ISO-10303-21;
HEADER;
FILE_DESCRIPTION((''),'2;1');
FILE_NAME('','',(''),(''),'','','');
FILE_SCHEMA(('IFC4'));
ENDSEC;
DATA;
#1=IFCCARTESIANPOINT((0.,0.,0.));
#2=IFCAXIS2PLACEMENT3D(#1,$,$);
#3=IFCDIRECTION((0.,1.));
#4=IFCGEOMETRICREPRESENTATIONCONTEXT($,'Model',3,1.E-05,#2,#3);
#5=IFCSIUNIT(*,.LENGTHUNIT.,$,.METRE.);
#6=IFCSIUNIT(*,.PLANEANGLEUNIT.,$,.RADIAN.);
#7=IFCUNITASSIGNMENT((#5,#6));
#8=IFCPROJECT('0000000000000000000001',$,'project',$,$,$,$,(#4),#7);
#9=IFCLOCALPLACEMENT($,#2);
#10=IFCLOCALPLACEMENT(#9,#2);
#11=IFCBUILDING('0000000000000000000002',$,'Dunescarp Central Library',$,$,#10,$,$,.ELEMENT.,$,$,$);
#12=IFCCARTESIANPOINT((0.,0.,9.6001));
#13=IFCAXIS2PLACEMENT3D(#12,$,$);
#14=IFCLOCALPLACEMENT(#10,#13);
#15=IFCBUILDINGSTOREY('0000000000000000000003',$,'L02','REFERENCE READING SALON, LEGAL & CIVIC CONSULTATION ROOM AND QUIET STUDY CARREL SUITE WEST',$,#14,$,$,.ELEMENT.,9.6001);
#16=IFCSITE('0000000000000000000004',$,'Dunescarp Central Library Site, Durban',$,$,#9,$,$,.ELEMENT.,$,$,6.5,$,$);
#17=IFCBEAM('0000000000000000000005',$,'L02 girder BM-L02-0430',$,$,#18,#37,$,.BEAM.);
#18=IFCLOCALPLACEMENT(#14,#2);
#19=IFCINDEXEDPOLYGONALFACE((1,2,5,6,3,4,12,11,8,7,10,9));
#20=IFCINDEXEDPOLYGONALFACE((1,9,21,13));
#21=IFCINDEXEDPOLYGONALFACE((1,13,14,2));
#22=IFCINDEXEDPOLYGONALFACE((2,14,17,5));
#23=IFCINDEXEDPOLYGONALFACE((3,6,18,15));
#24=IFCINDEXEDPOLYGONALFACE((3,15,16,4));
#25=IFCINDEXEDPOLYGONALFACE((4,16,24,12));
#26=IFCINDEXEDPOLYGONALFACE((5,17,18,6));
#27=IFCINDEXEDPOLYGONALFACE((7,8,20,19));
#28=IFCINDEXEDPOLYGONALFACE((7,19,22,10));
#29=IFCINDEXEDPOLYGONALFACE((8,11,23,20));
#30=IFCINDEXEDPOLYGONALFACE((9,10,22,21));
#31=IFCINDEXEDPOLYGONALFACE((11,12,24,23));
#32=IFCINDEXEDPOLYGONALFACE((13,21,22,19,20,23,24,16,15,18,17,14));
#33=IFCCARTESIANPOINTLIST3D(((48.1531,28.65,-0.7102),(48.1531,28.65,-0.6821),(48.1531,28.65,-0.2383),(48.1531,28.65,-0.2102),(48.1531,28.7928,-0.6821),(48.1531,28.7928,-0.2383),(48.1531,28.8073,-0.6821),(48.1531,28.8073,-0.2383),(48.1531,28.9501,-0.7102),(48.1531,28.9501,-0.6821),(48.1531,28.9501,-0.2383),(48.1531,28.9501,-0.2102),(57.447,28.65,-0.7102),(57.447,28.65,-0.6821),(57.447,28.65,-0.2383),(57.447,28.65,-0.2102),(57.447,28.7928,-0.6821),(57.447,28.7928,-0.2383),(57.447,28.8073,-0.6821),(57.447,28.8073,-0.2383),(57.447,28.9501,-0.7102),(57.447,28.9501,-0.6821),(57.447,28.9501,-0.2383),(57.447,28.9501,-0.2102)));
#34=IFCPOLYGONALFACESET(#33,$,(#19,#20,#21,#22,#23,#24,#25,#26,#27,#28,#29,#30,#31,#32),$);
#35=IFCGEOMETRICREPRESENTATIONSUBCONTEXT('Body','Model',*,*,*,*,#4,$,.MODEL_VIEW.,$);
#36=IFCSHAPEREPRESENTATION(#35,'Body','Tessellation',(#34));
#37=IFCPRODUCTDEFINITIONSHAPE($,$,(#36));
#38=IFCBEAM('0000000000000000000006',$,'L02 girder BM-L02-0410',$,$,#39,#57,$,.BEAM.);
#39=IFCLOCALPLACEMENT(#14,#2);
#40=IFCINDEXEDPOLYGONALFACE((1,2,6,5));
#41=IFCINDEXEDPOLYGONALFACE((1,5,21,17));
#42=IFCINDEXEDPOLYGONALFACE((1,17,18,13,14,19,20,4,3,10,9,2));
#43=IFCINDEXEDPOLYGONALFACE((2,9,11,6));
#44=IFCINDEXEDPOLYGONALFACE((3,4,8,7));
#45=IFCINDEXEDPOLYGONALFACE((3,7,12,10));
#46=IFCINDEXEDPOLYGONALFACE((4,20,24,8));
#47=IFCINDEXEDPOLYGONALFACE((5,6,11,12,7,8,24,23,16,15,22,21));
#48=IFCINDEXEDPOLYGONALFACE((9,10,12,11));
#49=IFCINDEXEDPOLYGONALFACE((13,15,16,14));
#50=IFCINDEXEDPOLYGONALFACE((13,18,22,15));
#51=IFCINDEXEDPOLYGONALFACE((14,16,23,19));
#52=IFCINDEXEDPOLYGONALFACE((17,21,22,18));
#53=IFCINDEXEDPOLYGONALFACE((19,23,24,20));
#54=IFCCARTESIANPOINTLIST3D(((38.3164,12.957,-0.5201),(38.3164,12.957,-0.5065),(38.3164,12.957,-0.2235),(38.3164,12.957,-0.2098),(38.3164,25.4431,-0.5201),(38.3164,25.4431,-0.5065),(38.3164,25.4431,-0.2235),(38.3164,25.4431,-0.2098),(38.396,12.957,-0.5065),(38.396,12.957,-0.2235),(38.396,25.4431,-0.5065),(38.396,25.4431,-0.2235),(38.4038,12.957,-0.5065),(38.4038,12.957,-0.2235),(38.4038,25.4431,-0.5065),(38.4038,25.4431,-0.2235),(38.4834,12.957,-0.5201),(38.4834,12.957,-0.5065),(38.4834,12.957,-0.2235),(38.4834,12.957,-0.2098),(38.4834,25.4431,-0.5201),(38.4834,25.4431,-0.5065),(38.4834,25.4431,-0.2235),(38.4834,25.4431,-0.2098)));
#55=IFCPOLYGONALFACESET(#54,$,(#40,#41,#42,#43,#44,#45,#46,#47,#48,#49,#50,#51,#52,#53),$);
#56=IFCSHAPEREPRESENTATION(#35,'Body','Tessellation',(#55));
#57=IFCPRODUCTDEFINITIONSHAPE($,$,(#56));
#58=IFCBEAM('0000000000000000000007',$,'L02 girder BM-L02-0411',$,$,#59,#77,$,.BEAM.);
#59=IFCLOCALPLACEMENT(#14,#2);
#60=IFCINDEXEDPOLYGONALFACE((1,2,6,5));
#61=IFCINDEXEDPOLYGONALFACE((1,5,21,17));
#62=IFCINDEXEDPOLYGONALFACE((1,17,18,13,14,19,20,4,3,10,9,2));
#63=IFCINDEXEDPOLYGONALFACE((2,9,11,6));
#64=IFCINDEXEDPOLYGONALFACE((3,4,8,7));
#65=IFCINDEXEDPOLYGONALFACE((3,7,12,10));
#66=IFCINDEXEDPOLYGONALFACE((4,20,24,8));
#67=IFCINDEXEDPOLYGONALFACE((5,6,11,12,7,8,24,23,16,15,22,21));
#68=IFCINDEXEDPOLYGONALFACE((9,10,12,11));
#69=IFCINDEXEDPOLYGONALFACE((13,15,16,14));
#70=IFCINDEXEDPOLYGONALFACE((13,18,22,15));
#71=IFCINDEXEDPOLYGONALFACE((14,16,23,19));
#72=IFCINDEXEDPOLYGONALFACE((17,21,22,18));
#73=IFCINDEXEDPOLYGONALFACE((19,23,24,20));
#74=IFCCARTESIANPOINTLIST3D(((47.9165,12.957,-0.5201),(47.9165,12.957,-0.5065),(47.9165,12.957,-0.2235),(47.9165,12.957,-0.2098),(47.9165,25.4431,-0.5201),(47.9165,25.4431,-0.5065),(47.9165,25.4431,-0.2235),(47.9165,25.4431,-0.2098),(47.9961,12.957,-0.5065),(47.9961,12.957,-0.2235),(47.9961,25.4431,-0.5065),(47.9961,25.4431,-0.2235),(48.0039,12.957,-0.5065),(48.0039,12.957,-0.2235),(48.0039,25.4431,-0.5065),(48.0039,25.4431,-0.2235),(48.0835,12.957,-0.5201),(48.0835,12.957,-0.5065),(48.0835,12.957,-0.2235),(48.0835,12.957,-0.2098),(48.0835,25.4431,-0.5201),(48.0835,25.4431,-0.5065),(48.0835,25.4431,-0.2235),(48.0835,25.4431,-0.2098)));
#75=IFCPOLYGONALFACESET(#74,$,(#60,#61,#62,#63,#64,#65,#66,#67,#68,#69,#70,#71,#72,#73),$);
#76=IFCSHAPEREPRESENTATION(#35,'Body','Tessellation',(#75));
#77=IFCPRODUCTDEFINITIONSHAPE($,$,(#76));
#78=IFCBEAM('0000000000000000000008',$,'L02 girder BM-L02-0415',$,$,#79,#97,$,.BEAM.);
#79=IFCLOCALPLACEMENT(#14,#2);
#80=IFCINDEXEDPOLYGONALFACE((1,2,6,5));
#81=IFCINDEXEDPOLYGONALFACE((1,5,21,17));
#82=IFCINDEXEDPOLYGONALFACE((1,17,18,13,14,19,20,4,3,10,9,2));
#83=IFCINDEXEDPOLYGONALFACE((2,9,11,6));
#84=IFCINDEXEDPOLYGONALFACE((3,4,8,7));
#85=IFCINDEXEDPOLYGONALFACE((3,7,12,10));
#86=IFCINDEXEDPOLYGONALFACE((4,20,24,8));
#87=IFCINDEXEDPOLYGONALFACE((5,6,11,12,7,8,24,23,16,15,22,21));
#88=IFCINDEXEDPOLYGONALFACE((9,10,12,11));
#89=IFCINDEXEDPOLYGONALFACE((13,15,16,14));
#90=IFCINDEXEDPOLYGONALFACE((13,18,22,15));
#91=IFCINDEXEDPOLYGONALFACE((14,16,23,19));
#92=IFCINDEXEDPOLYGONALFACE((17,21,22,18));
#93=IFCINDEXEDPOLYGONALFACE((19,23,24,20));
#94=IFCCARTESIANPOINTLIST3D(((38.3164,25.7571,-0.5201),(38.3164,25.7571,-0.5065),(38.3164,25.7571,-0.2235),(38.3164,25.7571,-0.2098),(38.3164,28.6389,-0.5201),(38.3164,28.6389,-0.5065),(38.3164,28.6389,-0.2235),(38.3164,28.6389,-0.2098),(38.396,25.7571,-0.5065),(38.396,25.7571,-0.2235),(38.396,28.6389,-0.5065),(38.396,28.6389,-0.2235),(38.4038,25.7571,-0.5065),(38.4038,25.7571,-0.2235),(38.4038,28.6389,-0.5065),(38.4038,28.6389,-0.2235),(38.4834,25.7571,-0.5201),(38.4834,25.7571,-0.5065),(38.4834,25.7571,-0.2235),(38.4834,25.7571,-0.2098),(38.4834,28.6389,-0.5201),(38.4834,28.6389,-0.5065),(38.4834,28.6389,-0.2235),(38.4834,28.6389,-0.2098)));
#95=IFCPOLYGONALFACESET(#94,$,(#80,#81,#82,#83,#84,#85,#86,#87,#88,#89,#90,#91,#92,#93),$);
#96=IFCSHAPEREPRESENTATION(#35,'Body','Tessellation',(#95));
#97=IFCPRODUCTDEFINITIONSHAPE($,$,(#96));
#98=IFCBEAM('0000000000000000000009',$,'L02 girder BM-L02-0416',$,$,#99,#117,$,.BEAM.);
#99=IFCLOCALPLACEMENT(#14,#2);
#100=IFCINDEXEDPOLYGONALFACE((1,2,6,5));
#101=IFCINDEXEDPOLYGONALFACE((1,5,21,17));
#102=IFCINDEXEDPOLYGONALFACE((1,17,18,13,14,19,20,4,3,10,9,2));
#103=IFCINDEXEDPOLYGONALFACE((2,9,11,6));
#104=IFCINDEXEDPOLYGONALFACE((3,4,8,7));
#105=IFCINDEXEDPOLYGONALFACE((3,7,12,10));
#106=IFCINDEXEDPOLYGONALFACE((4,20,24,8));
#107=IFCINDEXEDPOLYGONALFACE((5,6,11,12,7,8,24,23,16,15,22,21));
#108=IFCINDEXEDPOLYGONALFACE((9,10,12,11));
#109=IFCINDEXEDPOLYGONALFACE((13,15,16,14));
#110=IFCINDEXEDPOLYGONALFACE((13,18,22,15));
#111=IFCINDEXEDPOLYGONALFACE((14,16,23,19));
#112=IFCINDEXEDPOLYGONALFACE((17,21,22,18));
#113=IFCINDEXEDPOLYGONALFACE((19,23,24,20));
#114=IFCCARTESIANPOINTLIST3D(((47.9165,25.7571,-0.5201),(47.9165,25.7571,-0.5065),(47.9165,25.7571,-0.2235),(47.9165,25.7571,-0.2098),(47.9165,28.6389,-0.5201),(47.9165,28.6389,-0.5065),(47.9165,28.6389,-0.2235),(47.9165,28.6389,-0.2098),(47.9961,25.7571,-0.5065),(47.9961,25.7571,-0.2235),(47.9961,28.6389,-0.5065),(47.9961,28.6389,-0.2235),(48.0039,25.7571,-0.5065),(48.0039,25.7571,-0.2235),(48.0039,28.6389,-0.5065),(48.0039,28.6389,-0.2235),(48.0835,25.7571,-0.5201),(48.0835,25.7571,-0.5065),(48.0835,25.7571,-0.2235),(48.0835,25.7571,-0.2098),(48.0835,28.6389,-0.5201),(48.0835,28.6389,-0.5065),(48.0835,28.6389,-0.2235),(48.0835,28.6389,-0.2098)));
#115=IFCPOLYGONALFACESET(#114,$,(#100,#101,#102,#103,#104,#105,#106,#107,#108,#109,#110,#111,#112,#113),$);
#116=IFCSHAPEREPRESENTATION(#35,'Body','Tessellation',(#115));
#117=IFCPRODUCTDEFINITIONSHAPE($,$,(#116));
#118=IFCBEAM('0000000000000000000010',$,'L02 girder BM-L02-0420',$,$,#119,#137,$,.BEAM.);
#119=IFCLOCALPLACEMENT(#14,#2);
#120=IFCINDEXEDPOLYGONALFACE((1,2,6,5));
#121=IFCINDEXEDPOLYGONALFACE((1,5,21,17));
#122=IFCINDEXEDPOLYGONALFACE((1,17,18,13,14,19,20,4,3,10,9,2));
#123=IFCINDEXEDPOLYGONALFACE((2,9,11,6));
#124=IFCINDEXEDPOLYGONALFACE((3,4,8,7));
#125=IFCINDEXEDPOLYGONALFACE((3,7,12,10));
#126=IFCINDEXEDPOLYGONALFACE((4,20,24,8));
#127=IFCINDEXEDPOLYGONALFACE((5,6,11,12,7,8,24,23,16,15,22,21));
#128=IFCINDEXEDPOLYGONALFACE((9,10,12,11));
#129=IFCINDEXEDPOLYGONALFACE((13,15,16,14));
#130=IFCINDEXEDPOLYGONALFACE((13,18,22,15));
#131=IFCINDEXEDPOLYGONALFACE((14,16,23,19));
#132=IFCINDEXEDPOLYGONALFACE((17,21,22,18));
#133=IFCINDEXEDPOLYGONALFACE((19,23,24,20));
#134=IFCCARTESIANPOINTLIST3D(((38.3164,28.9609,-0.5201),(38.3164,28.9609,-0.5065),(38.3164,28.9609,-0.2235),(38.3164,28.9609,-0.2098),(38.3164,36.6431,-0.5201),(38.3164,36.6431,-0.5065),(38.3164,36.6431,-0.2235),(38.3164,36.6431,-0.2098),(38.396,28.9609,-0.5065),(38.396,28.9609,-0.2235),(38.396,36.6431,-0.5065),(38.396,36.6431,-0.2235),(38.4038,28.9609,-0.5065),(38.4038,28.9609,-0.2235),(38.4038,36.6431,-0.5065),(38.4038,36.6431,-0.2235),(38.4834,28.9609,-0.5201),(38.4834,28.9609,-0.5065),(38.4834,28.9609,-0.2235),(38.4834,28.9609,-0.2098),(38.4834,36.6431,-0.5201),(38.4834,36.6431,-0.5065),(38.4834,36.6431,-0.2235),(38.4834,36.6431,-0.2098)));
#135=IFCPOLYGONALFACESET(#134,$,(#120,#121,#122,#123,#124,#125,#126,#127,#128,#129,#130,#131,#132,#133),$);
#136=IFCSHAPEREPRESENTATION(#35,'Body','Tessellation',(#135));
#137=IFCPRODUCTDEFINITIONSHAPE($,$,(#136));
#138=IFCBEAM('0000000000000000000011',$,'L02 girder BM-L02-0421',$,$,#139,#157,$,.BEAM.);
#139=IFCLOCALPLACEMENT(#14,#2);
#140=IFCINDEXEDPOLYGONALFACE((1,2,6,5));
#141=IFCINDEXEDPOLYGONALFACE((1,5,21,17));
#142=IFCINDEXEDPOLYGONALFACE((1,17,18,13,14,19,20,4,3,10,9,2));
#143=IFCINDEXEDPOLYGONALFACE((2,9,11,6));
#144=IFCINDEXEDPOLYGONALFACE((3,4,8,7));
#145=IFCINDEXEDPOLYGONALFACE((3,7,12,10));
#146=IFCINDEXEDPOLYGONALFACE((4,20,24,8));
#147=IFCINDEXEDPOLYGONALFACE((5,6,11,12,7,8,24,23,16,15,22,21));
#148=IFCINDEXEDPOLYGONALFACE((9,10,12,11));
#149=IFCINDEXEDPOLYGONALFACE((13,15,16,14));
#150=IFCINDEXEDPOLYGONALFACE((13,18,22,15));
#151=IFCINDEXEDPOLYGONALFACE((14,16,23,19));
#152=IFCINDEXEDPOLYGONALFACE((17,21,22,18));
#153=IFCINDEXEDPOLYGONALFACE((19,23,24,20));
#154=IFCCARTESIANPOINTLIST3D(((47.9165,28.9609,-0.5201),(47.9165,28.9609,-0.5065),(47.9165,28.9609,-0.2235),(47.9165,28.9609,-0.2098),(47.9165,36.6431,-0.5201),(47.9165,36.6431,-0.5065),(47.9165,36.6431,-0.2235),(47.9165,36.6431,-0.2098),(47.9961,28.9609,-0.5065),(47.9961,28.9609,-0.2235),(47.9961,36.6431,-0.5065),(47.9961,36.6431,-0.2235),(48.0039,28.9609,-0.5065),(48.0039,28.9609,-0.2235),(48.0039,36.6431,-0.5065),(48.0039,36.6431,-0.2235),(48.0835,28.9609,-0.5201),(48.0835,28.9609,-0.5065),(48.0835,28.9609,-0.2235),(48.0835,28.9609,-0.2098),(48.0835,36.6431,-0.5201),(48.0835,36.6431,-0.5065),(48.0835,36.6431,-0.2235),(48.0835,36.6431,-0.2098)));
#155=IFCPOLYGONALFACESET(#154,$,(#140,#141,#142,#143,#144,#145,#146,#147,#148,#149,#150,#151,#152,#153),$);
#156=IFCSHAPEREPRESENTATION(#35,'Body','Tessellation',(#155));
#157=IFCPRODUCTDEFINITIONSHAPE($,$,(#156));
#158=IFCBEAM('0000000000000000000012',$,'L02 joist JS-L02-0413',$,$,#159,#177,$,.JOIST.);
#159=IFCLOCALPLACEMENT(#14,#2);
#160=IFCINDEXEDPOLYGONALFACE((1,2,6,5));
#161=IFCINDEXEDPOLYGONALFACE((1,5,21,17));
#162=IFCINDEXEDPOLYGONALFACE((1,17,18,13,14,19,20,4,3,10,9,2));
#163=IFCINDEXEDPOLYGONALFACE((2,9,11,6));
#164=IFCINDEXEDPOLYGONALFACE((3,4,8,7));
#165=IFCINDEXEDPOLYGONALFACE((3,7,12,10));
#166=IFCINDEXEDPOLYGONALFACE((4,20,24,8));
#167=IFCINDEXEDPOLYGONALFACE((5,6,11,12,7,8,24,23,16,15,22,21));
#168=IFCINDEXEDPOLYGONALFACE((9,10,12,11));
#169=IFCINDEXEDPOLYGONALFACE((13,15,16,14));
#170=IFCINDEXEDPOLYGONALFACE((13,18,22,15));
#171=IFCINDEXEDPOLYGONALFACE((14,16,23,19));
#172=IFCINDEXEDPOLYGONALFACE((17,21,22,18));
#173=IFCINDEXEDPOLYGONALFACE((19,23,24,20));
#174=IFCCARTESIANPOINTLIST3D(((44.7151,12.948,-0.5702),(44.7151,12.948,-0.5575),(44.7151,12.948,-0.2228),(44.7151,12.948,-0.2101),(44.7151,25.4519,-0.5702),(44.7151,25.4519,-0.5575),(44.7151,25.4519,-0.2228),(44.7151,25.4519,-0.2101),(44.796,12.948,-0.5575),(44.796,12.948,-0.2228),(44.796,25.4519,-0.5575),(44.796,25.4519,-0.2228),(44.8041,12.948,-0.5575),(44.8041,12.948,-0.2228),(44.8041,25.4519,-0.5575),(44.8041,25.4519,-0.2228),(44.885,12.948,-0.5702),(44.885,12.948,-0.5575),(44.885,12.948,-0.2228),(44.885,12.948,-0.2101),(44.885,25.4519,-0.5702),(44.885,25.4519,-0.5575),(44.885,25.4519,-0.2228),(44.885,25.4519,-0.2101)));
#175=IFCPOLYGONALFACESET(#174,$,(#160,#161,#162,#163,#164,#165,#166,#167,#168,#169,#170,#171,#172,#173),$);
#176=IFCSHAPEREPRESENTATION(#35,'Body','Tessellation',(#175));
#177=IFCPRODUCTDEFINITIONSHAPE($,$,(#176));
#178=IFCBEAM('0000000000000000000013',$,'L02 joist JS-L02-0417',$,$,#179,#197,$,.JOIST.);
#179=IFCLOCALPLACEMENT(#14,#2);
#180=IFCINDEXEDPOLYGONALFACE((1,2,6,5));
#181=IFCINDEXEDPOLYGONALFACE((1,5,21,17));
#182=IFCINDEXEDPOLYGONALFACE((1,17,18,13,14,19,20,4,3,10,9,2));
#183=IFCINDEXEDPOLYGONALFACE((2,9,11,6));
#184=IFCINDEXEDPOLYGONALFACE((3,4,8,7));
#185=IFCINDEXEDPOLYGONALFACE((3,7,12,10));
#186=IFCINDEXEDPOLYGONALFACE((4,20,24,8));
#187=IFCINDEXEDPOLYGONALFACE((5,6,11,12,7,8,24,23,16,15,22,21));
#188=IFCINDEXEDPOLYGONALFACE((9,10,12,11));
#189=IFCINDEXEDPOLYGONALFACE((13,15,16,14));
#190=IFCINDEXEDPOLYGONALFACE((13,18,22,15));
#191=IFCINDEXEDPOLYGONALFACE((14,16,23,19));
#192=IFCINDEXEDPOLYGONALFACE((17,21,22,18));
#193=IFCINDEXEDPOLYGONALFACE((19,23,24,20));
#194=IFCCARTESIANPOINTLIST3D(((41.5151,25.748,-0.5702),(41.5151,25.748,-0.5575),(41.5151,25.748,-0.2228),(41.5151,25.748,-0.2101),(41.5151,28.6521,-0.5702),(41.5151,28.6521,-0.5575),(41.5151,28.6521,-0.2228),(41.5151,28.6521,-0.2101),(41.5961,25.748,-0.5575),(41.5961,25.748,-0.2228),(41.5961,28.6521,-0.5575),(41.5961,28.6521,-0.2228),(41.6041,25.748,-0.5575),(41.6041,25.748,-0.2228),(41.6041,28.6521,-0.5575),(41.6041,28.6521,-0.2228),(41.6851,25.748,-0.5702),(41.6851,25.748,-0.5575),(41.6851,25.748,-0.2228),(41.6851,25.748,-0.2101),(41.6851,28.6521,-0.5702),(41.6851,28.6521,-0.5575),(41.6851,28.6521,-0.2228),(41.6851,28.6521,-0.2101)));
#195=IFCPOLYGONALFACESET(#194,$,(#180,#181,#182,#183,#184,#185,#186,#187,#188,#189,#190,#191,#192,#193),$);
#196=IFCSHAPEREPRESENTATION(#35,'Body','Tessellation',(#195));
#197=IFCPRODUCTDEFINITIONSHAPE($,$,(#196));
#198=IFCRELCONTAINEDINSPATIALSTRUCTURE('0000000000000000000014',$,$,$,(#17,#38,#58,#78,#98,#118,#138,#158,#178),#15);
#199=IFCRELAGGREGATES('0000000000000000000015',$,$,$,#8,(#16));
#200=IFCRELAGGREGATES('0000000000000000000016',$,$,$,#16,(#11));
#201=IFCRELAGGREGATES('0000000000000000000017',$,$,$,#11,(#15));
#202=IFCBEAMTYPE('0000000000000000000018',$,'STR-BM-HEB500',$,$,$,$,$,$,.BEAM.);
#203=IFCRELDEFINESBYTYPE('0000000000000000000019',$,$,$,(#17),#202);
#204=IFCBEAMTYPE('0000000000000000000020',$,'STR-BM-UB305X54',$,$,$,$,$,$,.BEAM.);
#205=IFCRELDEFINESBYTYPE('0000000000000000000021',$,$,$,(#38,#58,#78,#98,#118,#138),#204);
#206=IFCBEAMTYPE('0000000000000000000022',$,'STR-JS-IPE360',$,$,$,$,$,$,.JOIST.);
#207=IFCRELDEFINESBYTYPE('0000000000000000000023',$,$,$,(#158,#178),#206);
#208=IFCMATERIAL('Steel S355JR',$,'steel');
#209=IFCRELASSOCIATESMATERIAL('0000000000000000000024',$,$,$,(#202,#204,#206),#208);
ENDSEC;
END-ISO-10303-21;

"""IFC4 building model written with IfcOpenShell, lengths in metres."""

from ifc_helpers import new_model, si_unit, direction, frame, origin, origin_2d, place, context, subcontext, project, spatial, i_section, extrude, material, material_profile, profile_set, type_object, element, save


model = new_model("IFC4")

# Units and contexts
model_context = context("Model", 3, precision=1e-05, world=origin(), true_north=direction((0.0, 1.0)))
body_context = subcontext(model_context, "Body", "Model", "MODEL_VIEW")
ifc_project = project(units=[si_unit("LENGTHUNIT", "METRE"), si_unit("PLANEANGLEUNIT", "RADIAN")], contexts=[model_context])

# Site, building, storey
site_placement = place(None, origin())
site = spatial("IfcSite", under=ifc_project, at=site_placement, Name="Dunescarp Central Library Site, Durban", CompositionType="ELEMENT", RefElevation=6.5)
building_placement = place(site_placement, origin())
building = spatial("IfcBuilding", under=site, at=building_placement, Name="Dunescarp Central Library", CompositionType="ELEMENT")
storey_placement = place(building_placement, frame((0.0, 0.0, 9.6001)))
storey = spatial("IfcBuildingStorey", under=building, at=storey_placement, Name="L02", Description="REFERENCE READING SALON, LEGAL & CIVIC CONSULTATION ROOM AND QUIET STUDY CARREL SUITE WEST", CompositionType="ELEMENT", Elevation=9.6001)

# Shared definitions
ifc_material_1 = material(Name="Steel S355JR", Category="steel")

# Beams
ifc_material_profile_1 = material_profile(ifc_material_1, i_section(OverallWidth=0.3, OverallDepth=0.5, WebThickness=0.0144, FlangeThickness=0.0281, at=origin_2d()), Name="HEB 500")
ifc_profile_set_1 = profile_set([ifc_material_profile_1], Name="Steel S355JR")
beam_type_1 = type_object("IfcBeamType", Name="STR-BM-HEB500", PredefinedType="BEAM", material=ifc_profile_set_1)
beam_1_placement = place(storey_placement, frame((48.1531, 28.8, -0.4602), z_axis=(1.0, 0.0, 0.0), x_axis=(0.0, 1.0, 0.0)))
element("IfcBeam", 1, at=beam_1_placement, inside=storey, type_object=beam_type_1, Name="L02 girder BM-L02-0430", PredefinedType="BEAM", context=body_context, shape_type="SweptSolid", body=[
    extrude(i_section(OverallWidth=0.3, OverallDepth=0.5, WebThickness=0.0144, FlangeThickness=0.0281, at=origin_2d()), origin(), (0.0, 0.0, 1.0), 9.2939),
])
ifc_material_profile_2 = material_profile(ifc_material_1, i_section(OverallWidth=0.167, OverallDepth=0.3103, WebThickness=0.0078, FlangeThickness=0.0137, at=origin_2d()), Name="UB 305x165x54")
ifc_profile_set_2 = profile_set([ifc_material_profile_2], Name="Steel S355JR")
beam_type_2 = type_object("IfcBeamType", Name="STR-BM-UB305X54", PredefinedType="BEAM", material=ifc_profile_set_2)
for number, where, z_axis, x_axis, name in (
    (2, (38.3999, 12.957, -0.365), (0.0, 1.0, 0.0), (-1.0, 0.0, 0.0), "L02 girder BM-L02-0410"),
    (3, (48.0, 12.957, -0.365), (0.0, 1.0, 0.0), (-1.0, 0.0, 0.0), "L02 girder BM-L02-0411"),
):
    element("IfcBeam", number, at=place(storey_placement, frame(where, z_axis=z_axis, x_axis=x_axis)), inside=storey, type_object=beam_type_2, Name=name, PredefinedType="BEAM", context=body_context, shape_type="SweptSolid", body=[
        extrude(i_section(OverallWidth=0.167, OverallDepth=0.3103, WebThickness=0.0078, FlangeThickness=0.0137, at=origin_2d()), origin(), (0.0, 0.0, 1.0), 12.4861),
    ])
for number, where, z_axis, x_axis, name in (
    (4, (38.3999, 25.7571, -0.365), (0.0, 1.0, 0.0), (-1.0, 0.0, 0.0), "L02 girder BM-L02-0415"),
    (5, (48.0, 25.7571, -0.365), (0.0, 1.0, 0.0), (-1.0, 0.0, 0.0), "L02 girder BM-L02-0416"),
):
    element("IfcBeam", number, at=place(storey_placement, frame(where, z_axis=z_axis, x_axis=x_axis)), inside=storey, type_object=beam_type_2, Name=name, PredefinedType="BEAM", context=body_context, shape_type="SweptSolid", body=[
        extrude(i_section(OverallWidth=0.167, OverallDepth=0.3103, WebThickness=0.0078, FlangeThickness=0.0137, at=origin_2d()), origin(), (0.0, 0.0, 1.0), 2.8818),
    ])
for number, where, z_axis, x_axis, name in (
    (6, (38.3999, 28.9609, -0.365), (0.0, 1.0, 0.0), (-1.0, 0.0, 0.0), "L02 girder BM-L02-0420"),
    (7, (48.0, 28.9609, -0.365), (0.0, 1.0, 0.0), (-1.0, 0.0, 0.0), "L02 girder BM-L02-0421"),
):
    element("IfcBeam", number, at=place(storey_placement, frame(where, z_axis=z_axis, x_axis=x_axis)), inside=storey, type_object=beam_type_2, Name=name, PredefinedType="BEAM", context=body_context, shape_type="SweptSolid", body=[
        extrude(i_section(OverallWidth=0.167, OverallDepth=0.3103, WebThickness=0.0078, FlangeThickness=0.0137, at=origin_2d()), origin(), (0.0, 0.0, 1.0), 7.6821),
    ])
ifc_material_profile_3 = material_profile(ifc_material_1, i_section(OverallWidth=0.1699, OverallDepth=0.3601, WebThickness=0.0081, FlangeThickness=0.0127, at=origin_2d()), Name="IPE 360")
ifc_profile_set_3 = profile_set([ifc_material_profile_3], Name="Steel S355JR")
beam_type_3 = type_object("IfcBeamType", Name="STR-JS-IPE360", PredefinedType="JOIST", material=ifc_profile_set_3)
beam_2_placement = place(storey_placement, frame((44.8, 12.948, -0.3901), z_axis=(0.0, 1.0, 0.0), x_axis=(-1.0, 0.0, 0.0)))
element("IfcBeam", 8, at=beam_2_placement, inside=storey, type_object=beam_type_3, Name="L02 joist JS-L02-0413", PredefinedType="JOIST", context=body_context, shape_type="SweptSolid", body=[
    extrude(i_section(OverallWidth=0.1699, OverallDepth=0.3601, WebThickness=0.0081, FlangeThickness=0.0127, at=origin_2d()), origin(), (0.0, 0.0, 1.0), 12.5039),
])
for number, where, z_axis, x_axis, name in (
    (9, (41.6001, 25.748, -0.3901), (0.0, 1.0, 0.0), (-1.0, 0.0, 0.0), "L02 joist JS-L02-0417"),
):
    element("IfcBeam", number, at=place(storey_placement, frame(where, z_axis=z_axis, x_axis=x_axis)), inside=storey, type_object=beam_type_3, Name=name, PredefinedType="JOIST", context=body_context, shape_type="SweptSolid", body=[
        extrude(i_section(OverallWidth=0.1699, OverallDepth=0.3601, WebThickness=0.0081, FlangeThickness=0.0127, at=origin_2d()), origin(), (0.0, 0.0, 1.0), 2.9041),
    ])

save(model, "model.ifc")
